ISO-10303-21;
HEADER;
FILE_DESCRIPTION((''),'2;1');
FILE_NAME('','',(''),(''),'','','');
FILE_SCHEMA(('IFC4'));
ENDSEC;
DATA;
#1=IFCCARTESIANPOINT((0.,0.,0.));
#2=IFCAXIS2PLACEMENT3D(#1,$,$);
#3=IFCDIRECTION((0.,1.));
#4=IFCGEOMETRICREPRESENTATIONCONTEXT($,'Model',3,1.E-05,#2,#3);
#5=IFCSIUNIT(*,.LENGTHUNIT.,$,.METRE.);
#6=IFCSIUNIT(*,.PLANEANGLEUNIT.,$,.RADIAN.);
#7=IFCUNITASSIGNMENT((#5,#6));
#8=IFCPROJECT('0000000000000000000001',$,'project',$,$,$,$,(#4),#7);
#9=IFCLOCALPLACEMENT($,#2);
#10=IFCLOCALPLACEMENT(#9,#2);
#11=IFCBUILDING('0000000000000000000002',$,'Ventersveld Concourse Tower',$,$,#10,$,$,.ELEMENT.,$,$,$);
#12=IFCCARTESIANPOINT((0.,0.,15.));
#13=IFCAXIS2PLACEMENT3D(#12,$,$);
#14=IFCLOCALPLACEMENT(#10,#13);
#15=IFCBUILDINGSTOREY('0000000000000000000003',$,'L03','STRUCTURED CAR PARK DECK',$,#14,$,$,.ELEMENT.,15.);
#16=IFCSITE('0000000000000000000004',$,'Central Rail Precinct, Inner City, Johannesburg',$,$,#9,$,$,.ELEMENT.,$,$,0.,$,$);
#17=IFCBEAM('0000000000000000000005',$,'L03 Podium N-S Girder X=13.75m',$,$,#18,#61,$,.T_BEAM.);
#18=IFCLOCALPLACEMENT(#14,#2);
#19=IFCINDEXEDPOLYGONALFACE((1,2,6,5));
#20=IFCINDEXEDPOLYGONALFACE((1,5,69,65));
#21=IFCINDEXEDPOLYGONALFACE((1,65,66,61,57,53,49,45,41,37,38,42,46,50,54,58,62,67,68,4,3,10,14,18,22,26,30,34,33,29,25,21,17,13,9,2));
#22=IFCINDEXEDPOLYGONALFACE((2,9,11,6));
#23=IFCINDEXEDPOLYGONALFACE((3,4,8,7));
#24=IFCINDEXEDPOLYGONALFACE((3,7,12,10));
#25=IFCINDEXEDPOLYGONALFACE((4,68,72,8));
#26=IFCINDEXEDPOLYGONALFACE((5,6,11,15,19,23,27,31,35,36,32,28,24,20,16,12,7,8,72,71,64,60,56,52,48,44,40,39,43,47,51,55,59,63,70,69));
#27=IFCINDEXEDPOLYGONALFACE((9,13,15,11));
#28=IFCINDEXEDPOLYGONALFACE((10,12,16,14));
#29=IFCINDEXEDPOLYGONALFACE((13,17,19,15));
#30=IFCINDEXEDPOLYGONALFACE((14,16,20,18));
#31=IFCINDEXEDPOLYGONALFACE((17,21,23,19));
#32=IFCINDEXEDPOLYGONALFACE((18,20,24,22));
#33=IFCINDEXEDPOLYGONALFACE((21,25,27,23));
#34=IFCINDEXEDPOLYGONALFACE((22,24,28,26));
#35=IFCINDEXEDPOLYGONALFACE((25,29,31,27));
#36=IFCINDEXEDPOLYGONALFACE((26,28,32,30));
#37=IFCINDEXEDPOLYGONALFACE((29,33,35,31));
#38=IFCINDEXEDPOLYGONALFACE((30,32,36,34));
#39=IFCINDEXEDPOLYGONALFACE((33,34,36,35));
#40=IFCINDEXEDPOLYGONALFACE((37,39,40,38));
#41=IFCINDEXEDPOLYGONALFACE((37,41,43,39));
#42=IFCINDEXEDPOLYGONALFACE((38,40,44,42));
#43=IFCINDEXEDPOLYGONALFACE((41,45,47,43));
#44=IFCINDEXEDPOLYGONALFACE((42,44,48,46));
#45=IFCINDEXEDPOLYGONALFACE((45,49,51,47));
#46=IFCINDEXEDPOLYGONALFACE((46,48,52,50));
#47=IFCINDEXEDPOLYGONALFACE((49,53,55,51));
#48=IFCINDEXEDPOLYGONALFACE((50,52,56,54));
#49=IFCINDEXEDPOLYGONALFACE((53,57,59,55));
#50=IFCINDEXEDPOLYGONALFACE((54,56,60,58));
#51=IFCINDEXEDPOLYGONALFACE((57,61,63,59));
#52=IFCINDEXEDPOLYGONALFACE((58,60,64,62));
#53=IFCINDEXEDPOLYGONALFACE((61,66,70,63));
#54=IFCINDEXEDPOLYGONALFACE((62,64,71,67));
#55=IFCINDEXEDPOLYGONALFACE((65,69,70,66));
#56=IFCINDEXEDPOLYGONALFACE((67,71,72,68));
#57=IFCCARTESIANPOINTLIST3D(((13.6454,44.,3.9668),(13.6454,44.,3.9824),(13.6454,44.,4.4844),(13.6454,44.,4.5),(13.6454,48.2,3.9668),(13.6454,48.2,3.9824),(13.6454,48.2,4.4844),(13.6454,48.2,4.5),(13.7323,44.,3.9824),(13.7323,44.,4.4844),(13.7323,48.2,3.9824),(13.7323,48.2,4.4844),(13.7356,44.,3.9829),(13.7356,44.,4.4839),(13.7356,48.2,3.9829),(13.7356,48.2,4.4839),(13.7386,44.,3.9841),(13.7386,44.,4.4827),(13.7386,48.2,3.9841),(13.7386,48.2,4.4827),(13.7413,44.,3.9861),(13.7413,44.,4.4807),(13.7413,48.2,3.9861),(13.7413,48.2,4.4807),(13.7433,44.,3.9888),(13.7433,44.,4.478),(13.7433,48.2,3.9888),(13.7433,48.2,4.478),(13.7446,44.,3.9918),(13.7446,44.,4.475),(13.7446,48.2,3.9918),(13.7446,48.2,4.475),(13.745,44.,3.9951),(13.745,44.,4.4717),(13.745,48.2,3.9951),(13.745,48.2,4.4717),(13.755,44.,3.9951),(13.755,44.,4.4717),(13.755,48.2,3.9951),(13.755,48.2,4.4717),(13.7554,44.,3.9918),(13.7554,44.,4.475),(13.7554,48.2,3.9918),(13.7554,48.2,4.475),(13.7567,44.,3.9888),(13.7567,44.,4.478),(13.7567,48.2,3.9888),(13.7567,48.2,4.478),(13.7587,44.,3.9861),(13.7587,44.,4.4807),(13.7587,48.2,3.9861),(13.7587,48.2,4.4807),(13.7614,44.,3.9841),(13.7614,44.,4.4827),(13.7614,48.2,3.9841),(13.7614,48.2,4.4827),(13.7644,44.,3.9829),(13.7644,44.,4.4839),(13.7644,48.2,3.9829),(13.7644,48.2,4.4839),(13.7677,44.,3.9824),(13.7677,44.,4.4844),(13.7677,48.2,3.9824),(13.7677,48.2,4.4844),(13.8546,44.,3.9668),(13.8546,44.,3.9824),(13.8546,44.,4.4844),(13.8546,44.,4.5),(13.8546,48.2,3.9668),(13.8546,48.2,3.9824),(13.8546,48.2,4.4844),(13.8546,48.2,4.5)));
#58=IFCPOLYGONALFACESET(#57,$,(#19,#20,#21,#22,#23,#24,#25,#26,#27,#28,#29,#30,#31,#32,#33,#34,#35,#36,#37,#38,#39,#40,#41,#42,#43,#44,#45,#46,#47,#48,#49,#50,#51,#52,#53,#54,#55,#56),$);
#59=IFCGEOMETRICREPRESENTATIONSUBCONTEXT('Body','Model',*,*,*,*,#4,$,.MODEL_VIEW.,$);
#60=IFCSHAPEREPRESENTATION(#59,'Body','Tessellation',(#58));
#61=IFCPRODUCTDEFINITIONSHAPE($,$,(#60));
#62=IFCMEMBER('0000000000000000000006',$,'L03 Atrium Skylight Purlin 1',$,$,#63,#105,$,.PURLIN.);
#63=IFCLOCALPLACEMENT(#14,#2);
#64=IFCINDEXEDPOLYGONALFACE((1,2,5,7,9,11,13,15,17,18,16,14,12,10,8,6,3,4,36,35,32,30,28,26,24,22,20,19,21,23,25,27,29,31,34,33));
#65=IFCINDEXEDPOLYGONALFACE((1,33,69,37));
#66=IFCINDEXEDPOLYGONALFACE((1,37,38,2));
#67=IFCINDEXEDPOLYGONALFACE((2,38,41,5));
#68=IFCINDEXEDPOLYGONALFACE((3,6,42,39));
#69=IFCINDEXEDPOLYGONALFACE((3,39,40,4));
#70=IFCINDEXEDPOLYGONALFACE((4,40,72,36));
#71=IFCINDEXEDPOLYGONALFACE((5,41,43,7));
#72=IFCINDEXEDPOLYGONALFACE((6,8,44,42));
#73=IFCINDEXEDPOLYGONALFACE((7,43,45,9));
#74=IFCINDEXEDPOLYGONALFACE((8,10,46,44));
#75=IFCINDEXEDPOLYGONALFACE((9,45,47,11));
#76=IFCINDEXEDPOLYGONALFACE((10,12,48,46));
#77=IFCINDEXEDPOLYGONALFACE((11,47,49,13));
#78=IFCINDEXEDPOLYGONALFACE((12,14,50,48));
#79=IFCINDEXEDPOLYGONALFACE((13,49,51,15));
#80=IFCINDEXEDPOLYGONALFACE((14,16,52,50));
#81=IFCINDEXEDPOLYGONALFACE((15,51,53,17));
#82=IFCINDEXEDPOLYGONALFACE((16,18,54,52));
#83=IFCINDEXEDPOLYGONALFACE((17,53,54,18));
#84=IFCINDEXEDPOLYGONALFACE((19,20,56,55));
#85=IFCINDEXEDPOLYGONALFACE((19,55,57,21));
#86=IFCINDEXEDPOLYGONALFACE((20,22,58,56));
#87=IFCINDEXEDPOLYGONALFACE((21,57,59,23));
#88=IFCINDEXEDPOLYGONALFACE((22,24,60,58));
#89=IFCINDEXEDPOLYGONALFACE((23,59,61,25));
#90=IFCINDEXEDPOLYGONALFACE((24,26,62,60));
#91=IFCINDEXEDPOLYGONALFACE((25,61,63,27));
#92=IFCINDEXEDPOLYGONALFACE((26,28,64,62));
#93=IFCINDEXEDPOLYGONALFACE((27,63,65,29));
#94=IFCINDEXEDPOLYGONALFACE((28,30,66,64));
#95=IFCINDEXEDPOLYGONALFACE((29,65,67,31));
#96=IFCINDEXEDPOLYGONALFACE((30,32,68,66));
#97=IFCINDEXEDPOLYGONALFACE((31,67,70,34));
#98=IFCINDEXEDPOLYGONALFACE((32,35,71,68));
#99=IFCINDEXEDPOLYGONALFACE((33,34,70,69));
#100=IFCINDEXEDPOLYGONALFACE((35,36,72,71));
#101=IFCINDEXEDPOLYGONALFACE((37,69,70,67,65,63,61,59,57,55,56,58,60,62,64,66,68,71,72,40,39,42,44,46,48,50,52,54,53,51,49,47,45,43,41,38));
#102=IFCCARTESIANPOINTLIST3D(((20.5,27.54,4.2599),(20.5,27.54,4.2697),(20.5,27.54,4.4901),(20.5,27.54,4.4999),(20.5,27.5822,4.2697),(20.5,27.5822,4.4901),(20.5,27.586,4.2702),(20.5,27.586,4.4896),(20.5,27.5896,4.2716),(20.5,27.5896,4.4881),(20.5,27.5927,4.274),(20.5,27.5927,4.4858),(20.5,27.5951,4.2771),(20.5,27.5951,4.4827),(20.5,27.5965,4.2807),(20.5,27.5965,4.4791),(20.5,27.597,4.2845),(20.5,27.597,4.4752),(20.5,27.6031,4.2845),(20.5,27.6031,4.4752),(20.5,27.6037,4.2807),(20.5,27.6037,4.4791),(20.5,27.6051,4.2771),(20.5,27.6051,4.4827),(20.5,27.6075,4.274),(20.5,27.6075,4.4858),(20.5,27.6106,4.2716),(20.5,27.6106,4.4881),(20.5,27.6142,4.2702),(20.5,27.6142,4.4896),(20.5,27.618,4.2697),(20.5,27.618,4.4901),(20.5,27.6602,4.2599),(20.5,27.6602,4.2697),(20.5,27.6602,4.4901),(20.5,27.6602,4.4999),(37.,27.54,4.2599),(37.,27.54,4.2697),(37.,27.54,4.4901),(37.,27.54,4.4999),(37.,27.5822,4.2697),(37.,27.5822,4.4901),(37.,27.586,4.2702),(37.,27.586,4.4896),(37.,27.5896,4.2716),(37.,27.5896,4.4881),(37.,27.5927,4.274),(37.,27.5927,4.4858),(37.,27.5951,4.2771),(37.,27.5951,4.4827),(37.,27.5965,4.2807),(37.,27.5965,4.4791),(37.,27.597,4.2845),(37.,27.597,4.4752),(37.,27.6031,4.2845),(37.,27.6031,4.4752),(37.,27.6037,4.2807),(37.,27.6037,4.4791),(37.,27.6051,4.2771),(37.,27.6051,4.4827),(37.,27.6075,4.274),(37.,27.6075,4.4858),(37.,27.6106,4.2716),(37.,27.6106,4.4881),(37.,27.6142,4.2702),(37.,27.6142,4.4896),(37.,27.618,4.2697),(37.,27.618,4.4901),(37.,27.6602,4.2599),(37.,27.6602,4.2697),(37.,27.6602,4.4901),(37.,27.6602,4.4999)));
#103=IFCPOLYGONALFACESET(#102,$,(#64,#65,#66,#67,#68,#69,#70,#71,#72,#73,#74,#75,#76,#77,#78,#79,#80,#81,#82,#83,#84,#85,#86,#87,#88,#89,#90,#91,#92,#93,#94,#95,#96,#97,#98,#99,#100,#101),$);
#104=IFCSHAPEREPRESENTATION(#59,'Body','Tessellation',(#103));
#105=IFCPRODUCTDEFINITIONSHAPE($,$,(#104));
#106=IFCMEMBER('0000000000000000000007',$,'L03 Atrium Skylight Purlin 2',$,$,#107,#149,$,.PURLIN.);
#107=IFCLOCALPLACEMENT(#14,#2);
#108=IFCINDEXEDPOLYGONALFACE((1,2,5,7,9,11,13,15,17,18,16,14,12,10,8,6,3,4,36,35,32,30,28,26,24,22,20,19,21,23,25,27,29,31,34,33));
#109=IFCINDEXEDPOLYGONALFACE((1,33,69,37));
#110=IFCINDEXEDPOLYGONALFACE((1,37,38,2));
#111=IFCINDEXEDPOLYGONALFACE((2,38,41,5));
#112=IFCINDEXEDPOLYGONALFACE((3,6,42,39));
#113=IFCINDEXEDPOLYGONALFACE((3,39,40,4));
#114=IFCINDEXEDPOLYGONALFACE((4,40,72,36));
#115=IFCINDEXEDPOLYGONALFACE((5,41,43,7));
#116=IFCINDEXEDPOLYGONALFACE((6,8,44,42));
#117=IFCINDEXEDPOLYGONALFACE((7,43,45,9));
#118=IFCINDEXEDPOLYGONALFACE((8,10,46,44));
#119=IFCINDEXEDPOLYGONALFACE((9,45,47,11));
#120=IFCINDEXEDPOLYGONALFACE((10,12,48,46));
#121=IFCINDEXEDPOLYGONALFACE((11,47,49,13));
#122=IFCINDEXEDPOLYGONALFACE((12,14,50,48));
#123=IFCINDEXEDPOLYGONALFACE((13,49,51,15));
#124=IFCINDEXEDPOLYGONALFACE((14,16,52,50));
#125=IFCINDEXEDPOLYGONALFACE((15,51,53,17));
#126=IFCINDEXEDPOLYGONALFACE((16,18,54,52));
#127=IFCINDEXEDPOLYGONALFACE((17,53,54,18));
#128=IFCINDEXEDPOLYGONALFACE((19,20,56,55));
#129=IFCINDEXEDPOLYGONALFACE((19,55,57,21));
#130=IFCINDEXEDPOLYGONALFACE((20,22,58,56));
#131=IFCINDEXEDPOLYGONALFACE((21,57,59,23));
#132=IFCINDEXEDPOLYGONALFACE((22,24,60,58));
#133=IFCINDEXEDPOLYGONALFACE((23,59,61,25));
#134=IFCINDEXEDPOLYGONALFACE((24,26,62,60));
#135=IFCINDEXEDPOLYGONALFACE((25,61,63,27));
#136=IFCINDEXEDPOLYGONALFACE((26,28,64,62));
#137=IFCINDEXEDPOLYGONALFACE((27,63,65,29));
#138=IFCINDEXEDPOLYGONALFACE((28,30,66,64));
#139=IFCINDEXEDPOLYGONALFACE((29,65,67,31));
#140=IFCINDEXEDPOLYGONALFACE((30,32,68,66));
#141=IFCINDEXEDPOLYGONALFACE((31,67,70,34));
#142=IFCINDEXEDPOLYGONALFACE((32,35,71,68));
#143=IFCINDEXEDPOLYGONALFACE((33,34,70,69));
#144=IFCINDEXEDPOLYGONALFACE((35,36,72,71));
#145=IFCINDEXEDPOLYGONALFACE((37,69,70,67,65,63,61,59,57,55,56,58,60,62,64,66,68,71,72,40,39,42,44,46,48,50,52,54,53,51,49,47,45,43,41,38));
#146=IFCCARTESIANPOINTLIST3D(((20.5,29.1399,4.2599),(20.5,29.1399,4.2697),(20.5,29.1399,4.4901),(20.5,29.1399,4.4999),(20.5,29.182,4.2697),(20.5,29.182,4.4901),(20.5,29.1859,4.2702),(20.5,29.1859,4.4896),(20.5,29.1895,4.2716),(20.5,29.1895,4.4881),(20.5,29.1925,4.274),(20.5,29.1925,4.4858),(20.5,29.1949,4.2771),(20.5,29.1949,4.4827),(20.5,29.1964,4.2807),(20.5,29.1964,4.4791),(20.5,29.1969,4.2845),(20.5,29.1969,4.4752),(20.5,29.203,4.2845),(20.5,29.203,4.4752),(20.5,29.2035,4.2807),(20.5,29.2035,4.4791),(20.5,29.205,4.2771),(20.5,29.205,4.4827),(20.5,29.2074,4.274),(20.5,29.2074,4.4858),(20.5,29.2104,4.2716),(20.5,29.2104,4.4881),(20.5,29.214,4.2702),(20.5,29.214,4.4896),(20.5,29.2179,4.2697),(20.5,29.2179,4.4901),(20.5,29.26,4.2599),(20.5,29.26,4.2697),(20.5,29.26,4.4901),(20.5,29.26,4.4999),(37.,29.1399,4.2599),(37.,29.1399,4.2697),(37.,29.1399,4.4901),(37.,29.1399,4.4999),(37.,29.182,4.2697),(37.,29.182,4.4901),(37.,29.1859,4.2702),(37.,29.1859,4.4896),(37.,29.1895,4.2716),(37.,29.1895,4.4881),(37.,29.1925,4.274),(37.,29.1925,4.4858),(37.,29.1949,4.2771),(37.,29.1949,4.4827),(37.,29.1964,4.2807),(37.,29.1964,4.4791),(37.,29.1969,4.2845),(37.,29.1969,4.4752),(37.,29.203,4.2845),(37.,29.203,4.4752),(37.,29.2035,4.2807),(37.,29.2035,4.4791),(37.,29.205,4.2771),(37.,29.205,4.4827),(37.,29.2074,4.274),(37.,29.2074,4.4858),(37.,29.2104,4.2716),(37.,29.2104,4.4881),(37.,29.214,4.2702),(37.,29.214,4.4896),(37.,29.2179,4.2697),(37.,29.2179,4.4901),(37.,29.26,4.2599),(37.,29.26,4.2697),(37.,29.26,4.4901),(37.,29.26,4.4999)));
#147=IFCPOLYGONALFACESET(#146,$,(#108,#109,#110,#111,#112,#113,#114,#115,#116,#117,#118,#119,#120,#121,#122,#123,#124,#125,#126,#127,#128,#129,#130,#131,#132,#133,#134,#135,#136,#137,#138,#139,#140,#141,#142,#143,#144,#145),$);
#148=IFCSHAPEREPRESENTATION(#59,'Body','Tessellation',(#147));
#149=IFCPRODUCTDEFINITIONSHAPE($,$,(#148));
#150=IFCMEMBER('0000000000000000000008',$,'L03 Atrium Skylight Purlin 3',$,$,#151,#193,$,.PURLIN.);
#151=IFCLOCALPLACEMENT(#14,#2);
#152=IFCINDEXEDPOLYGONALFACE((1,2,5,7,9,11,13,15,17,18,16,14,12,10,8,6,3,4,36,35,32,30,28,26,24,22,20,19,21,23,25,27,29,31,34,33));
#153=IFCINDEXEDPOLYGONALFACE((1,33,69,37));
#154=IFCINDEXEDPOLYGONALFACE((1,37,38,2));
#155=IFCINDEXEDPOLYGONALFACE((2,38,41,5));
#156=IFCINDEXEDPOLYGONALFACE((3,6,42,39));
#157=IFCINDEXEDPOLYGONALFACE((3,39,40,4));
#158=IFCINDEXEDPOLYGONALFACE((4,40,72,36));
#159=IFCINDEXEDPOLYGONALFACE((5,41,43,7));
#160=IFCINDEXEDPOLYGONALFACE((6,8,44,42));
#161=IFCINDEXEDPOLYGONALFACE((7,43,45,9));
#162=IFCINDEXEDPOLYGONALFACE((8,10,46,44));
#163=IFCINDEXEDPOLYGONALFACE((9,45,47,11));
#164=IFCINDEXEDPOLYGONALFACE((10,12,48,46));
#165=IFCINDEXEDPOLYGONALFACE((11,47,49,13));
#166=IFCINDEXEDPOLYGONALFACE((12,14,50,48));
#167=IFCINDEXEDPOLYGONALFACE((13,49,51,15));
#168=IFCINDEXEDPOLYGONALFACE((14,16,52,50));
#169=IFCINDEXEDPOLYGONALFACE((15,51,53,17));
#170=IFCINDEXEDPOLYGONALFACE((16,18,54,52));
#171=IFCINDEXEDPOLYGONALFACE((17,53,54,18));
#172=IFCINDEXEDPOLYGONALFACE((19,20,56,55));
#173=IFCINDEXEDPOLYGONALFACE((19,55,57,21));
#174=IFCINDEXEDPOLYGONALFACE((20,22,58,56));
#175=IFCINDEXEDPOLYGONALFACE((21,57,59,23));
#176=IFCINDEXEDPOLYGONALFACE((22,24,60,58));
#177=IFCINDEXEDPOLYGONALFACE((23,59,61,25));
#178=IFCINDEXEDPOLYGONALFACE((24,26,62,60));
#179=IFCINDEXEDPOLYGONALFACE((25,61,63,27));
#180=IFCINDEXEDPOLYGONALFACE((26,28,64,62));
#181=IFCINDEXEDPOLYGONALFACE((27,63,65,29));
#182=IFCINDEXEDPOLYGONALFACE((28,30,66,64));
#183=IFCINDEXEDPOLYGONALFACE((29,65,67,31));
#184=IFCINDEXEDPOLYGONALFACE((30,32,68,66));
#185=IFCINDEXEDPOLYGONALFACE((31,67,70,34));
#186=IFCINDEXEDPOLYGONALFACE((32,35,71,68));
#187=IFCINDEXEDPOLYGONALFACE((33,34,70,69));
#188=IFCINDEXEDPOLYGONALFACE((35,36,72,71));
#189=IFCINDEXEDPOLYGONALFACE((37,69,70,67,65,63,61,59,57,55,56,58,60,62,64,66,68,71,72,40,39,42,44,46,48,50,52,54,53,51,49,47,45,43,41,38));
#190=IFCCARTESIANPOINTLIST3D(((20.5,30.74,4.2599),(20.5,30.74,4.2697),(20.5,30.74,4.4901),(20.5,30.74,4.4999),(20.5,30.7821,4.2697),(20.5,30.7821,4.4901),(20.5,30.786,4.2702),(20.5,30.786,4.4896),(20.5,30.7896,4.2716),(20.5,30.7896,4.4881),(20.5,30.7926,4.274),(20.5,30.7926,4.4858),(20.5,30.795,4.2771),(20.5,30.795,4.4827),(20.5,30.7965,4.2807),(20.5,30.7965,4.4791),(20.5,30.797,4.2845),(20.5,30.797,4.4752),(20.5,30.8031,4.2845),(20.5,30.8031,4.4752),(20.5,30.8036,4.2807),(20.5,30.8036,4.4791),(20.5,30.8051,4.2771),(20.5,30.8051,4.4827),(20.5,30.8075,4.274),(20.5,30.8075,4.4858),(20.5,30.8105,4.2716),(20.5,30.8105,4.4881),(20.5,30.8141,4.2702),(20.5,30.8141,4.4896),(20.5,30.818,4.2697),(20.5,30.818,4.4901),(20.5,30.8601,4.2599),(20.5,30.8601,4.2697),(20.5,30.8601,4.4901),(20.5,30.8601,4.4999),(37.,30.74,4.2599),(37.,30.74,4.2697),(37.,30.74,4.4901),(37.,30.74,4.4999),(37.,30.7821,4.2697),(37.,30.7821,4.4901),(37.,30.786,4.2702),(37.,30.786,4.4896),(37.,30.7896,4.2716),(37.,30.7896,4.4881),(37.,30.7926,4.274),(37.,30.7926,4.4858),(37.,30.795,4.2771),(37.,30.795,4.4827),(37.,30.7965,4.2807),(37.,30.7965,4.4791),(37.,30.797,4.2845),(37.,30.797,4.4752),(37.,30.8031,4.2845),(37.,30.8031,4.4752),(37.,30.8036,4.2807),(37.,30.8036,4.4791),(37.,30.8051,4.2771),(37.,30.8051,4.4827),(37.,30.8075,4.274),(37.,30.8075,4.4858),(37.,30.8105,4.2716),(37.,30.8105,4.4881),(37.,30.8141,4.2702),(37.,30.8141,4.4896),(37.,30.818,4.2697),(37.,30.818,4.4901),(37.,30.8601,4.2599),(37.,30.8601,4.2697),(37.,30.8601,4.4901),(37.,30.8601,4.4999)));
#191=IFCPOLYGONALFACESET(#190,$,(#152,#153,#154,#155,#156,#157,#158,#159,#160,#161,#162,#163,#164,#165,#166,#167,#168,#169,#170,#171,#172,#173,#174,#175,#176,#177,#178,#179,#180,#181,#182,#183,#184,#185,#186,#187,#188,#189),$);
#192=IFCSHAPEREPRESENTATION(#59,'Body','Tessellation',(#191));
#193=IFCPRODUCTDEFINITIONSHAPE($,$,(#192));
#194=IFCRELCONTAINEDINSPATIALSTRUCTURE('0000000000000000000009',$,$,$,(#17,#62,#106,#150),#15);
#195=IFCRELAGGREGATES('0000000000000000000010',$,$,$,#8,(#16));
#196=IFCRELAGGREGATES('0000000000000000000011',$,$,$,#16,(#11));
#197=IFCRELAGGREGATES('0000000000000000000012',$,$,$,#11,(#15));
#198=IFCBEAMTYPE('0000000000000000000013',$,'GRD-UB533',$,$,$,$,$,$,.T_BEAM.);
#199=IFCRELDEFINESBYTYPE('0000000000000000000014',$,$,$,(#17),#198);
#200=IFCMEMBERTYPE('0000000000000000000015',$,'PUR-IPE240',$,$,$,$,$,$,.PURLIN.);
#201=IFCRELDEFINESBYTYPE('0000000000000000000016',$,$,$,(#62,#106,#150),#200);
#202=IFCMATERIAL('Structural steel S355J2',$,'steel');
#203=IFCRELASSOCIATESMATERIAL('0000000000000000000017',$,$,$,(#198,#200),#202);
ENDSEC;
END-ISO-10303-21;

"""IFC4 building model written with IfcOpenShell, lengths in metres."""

from ifc_helpers import new_model, si_unit, direction, frame, origin, origin_2d, place, context, subcontext, project, spatial, i_section, extrude, material, material_profile, profile_set, type_object, element, save


model = new_model("IFC4")

# Units and contexts
model_context = context("Model", 3, precision=1e-05, world=origin(), true_north=direction((0.0, 1.0)))
body_context = subcontext(model_context, "Body", "Model", "MODEL_VIEW")
ifc_project = project(units=[si_unit("LENGTHUNIT", "METRE"), si_unit("PLANEANGLEUNIT", "RADIAN")], contexts=[model_context])

# Site, building, storey
site_placement = place(None, origin())
site = spatial("IfcSite", under=ifc_project, at=site_placement, Name="Central Rail Precinct, Inner City, Johannesburg", CompositionType="ELEMENT", RefElevation=0.0)
building_placement = place(site_placement, origin())
building = spatial("IfcBuilding", under=site, at=building_placement, Name="Ventersveld Concourse Tower", CompositionType="ELEMENT")
storey_placement = place(building_placement, frame((0.0, 0.0, 15.0)))
storey = spatial("IfcBuildingStorey", under=building, at=storey_placement, Name="L03", Description="STRUCTURED CAR PARK DECK", CompositionType="ELEMENT", Elevation=15.0)

# Beam
ifc_material_1 = material(Name="Structural steel S355J2", Category="steel")
ifc_material_profile_1 = material_profile(ifc_material_1, i_section(OverallWidth=0.2092, OverallDepth=0.5332, WebThickness=0.01, FlangeThickness=0.0156, FilletRadius=0.0127, at=origin_2d()), Name="UB 533x210x92")
ifc_profile_set_1 = profile_set([ifc_material_profile_1], Name="Structural steel S355J2")
beam_type_1 = type_object("IfcBeamType", Name="GRD-UB533", PredefinedType="T_BEAM", material=ifc_profile_set_1)
beam_1_placement = place(storey_placement, frame((13.75, 44.0, 4.2334), z_axis=(0.0, 1.0, 0.0), x_axis=(-1.0, 0.0, 0.0)))
element("IfcBeam", 1, at=beam_1_placement, inside=storey, type_object=beam_type_1, Name="L03 Podium N-S Girder X=13.75m", PredefinedType="T_BEAM", context=body_context, shape_type="SweptSolid", body=[
    extrude(i_section(OverallWidth=0.2092, OverallDepth=0.5332, WebThickness=0.01, FlangeThickness=0.0156, FilletRadius=0.0127, at=origin_2d()), origin(), (0.0, 0.0, 1.0), 4.2),
])

# Members
ifc_material_profile_2 = material_profile(ifc_material_1, i_section(OverallWidth=0.1201, OverallDepth=0.24, WebThickness=0.0061, FlangeThickness=0.0098, FilletRadius=0.0149, at=origin_2d()), Name="IPE 240")
ifc_profile_set_2 = profile_set([ifc_material_profile_2], Name="Structural steel S355J2")
member_type = type_object("IfcMemberType", Name="PUR-IPE240", PredefinedType="PURLIN", material=ifc_profile_set_2)
for number, where, z_axis, x_axis, name in (
    (2, (20.5, 27.6001, 4.3799), (1.0, 0.0, 0.0), (0.0, 1.0, 0.0), "L03 Atrium Skylight Purlin 1"),
    (3, (20.5, 29.2, 4.3799), (1.0, 0.0, 0.0), (0.0, 1.0, 0.0), "L03 Atrium Skylight Purlin 2"),
    (4, (20.5, 30.8, 4.3799), (1.0, 0.0, 0.0), (0.0, 1.0, 0.0), "L03 Atrium Skylight Purlin 3"),
):
    element("IfcMember", number, at=place(storey_placement, frame(where, z_axis=z_axis, x_axis=x_axis)), inside=storey, type_object=member_type, Name=name, PredefinedType="PURLIN", context=body_context, shape_type="SweptSolid", body=[
        extrude(i_section(OverallWidth=0.1201, OverallDepth=0.24, WebThickness=0.0061, FlangeThickness=0.0098, FilletRadius=0.0149, at=origin_2d()), origin(), (0.0, 0.0, 1.0), 16.5),
    ])

save(model, "model.ifc")
